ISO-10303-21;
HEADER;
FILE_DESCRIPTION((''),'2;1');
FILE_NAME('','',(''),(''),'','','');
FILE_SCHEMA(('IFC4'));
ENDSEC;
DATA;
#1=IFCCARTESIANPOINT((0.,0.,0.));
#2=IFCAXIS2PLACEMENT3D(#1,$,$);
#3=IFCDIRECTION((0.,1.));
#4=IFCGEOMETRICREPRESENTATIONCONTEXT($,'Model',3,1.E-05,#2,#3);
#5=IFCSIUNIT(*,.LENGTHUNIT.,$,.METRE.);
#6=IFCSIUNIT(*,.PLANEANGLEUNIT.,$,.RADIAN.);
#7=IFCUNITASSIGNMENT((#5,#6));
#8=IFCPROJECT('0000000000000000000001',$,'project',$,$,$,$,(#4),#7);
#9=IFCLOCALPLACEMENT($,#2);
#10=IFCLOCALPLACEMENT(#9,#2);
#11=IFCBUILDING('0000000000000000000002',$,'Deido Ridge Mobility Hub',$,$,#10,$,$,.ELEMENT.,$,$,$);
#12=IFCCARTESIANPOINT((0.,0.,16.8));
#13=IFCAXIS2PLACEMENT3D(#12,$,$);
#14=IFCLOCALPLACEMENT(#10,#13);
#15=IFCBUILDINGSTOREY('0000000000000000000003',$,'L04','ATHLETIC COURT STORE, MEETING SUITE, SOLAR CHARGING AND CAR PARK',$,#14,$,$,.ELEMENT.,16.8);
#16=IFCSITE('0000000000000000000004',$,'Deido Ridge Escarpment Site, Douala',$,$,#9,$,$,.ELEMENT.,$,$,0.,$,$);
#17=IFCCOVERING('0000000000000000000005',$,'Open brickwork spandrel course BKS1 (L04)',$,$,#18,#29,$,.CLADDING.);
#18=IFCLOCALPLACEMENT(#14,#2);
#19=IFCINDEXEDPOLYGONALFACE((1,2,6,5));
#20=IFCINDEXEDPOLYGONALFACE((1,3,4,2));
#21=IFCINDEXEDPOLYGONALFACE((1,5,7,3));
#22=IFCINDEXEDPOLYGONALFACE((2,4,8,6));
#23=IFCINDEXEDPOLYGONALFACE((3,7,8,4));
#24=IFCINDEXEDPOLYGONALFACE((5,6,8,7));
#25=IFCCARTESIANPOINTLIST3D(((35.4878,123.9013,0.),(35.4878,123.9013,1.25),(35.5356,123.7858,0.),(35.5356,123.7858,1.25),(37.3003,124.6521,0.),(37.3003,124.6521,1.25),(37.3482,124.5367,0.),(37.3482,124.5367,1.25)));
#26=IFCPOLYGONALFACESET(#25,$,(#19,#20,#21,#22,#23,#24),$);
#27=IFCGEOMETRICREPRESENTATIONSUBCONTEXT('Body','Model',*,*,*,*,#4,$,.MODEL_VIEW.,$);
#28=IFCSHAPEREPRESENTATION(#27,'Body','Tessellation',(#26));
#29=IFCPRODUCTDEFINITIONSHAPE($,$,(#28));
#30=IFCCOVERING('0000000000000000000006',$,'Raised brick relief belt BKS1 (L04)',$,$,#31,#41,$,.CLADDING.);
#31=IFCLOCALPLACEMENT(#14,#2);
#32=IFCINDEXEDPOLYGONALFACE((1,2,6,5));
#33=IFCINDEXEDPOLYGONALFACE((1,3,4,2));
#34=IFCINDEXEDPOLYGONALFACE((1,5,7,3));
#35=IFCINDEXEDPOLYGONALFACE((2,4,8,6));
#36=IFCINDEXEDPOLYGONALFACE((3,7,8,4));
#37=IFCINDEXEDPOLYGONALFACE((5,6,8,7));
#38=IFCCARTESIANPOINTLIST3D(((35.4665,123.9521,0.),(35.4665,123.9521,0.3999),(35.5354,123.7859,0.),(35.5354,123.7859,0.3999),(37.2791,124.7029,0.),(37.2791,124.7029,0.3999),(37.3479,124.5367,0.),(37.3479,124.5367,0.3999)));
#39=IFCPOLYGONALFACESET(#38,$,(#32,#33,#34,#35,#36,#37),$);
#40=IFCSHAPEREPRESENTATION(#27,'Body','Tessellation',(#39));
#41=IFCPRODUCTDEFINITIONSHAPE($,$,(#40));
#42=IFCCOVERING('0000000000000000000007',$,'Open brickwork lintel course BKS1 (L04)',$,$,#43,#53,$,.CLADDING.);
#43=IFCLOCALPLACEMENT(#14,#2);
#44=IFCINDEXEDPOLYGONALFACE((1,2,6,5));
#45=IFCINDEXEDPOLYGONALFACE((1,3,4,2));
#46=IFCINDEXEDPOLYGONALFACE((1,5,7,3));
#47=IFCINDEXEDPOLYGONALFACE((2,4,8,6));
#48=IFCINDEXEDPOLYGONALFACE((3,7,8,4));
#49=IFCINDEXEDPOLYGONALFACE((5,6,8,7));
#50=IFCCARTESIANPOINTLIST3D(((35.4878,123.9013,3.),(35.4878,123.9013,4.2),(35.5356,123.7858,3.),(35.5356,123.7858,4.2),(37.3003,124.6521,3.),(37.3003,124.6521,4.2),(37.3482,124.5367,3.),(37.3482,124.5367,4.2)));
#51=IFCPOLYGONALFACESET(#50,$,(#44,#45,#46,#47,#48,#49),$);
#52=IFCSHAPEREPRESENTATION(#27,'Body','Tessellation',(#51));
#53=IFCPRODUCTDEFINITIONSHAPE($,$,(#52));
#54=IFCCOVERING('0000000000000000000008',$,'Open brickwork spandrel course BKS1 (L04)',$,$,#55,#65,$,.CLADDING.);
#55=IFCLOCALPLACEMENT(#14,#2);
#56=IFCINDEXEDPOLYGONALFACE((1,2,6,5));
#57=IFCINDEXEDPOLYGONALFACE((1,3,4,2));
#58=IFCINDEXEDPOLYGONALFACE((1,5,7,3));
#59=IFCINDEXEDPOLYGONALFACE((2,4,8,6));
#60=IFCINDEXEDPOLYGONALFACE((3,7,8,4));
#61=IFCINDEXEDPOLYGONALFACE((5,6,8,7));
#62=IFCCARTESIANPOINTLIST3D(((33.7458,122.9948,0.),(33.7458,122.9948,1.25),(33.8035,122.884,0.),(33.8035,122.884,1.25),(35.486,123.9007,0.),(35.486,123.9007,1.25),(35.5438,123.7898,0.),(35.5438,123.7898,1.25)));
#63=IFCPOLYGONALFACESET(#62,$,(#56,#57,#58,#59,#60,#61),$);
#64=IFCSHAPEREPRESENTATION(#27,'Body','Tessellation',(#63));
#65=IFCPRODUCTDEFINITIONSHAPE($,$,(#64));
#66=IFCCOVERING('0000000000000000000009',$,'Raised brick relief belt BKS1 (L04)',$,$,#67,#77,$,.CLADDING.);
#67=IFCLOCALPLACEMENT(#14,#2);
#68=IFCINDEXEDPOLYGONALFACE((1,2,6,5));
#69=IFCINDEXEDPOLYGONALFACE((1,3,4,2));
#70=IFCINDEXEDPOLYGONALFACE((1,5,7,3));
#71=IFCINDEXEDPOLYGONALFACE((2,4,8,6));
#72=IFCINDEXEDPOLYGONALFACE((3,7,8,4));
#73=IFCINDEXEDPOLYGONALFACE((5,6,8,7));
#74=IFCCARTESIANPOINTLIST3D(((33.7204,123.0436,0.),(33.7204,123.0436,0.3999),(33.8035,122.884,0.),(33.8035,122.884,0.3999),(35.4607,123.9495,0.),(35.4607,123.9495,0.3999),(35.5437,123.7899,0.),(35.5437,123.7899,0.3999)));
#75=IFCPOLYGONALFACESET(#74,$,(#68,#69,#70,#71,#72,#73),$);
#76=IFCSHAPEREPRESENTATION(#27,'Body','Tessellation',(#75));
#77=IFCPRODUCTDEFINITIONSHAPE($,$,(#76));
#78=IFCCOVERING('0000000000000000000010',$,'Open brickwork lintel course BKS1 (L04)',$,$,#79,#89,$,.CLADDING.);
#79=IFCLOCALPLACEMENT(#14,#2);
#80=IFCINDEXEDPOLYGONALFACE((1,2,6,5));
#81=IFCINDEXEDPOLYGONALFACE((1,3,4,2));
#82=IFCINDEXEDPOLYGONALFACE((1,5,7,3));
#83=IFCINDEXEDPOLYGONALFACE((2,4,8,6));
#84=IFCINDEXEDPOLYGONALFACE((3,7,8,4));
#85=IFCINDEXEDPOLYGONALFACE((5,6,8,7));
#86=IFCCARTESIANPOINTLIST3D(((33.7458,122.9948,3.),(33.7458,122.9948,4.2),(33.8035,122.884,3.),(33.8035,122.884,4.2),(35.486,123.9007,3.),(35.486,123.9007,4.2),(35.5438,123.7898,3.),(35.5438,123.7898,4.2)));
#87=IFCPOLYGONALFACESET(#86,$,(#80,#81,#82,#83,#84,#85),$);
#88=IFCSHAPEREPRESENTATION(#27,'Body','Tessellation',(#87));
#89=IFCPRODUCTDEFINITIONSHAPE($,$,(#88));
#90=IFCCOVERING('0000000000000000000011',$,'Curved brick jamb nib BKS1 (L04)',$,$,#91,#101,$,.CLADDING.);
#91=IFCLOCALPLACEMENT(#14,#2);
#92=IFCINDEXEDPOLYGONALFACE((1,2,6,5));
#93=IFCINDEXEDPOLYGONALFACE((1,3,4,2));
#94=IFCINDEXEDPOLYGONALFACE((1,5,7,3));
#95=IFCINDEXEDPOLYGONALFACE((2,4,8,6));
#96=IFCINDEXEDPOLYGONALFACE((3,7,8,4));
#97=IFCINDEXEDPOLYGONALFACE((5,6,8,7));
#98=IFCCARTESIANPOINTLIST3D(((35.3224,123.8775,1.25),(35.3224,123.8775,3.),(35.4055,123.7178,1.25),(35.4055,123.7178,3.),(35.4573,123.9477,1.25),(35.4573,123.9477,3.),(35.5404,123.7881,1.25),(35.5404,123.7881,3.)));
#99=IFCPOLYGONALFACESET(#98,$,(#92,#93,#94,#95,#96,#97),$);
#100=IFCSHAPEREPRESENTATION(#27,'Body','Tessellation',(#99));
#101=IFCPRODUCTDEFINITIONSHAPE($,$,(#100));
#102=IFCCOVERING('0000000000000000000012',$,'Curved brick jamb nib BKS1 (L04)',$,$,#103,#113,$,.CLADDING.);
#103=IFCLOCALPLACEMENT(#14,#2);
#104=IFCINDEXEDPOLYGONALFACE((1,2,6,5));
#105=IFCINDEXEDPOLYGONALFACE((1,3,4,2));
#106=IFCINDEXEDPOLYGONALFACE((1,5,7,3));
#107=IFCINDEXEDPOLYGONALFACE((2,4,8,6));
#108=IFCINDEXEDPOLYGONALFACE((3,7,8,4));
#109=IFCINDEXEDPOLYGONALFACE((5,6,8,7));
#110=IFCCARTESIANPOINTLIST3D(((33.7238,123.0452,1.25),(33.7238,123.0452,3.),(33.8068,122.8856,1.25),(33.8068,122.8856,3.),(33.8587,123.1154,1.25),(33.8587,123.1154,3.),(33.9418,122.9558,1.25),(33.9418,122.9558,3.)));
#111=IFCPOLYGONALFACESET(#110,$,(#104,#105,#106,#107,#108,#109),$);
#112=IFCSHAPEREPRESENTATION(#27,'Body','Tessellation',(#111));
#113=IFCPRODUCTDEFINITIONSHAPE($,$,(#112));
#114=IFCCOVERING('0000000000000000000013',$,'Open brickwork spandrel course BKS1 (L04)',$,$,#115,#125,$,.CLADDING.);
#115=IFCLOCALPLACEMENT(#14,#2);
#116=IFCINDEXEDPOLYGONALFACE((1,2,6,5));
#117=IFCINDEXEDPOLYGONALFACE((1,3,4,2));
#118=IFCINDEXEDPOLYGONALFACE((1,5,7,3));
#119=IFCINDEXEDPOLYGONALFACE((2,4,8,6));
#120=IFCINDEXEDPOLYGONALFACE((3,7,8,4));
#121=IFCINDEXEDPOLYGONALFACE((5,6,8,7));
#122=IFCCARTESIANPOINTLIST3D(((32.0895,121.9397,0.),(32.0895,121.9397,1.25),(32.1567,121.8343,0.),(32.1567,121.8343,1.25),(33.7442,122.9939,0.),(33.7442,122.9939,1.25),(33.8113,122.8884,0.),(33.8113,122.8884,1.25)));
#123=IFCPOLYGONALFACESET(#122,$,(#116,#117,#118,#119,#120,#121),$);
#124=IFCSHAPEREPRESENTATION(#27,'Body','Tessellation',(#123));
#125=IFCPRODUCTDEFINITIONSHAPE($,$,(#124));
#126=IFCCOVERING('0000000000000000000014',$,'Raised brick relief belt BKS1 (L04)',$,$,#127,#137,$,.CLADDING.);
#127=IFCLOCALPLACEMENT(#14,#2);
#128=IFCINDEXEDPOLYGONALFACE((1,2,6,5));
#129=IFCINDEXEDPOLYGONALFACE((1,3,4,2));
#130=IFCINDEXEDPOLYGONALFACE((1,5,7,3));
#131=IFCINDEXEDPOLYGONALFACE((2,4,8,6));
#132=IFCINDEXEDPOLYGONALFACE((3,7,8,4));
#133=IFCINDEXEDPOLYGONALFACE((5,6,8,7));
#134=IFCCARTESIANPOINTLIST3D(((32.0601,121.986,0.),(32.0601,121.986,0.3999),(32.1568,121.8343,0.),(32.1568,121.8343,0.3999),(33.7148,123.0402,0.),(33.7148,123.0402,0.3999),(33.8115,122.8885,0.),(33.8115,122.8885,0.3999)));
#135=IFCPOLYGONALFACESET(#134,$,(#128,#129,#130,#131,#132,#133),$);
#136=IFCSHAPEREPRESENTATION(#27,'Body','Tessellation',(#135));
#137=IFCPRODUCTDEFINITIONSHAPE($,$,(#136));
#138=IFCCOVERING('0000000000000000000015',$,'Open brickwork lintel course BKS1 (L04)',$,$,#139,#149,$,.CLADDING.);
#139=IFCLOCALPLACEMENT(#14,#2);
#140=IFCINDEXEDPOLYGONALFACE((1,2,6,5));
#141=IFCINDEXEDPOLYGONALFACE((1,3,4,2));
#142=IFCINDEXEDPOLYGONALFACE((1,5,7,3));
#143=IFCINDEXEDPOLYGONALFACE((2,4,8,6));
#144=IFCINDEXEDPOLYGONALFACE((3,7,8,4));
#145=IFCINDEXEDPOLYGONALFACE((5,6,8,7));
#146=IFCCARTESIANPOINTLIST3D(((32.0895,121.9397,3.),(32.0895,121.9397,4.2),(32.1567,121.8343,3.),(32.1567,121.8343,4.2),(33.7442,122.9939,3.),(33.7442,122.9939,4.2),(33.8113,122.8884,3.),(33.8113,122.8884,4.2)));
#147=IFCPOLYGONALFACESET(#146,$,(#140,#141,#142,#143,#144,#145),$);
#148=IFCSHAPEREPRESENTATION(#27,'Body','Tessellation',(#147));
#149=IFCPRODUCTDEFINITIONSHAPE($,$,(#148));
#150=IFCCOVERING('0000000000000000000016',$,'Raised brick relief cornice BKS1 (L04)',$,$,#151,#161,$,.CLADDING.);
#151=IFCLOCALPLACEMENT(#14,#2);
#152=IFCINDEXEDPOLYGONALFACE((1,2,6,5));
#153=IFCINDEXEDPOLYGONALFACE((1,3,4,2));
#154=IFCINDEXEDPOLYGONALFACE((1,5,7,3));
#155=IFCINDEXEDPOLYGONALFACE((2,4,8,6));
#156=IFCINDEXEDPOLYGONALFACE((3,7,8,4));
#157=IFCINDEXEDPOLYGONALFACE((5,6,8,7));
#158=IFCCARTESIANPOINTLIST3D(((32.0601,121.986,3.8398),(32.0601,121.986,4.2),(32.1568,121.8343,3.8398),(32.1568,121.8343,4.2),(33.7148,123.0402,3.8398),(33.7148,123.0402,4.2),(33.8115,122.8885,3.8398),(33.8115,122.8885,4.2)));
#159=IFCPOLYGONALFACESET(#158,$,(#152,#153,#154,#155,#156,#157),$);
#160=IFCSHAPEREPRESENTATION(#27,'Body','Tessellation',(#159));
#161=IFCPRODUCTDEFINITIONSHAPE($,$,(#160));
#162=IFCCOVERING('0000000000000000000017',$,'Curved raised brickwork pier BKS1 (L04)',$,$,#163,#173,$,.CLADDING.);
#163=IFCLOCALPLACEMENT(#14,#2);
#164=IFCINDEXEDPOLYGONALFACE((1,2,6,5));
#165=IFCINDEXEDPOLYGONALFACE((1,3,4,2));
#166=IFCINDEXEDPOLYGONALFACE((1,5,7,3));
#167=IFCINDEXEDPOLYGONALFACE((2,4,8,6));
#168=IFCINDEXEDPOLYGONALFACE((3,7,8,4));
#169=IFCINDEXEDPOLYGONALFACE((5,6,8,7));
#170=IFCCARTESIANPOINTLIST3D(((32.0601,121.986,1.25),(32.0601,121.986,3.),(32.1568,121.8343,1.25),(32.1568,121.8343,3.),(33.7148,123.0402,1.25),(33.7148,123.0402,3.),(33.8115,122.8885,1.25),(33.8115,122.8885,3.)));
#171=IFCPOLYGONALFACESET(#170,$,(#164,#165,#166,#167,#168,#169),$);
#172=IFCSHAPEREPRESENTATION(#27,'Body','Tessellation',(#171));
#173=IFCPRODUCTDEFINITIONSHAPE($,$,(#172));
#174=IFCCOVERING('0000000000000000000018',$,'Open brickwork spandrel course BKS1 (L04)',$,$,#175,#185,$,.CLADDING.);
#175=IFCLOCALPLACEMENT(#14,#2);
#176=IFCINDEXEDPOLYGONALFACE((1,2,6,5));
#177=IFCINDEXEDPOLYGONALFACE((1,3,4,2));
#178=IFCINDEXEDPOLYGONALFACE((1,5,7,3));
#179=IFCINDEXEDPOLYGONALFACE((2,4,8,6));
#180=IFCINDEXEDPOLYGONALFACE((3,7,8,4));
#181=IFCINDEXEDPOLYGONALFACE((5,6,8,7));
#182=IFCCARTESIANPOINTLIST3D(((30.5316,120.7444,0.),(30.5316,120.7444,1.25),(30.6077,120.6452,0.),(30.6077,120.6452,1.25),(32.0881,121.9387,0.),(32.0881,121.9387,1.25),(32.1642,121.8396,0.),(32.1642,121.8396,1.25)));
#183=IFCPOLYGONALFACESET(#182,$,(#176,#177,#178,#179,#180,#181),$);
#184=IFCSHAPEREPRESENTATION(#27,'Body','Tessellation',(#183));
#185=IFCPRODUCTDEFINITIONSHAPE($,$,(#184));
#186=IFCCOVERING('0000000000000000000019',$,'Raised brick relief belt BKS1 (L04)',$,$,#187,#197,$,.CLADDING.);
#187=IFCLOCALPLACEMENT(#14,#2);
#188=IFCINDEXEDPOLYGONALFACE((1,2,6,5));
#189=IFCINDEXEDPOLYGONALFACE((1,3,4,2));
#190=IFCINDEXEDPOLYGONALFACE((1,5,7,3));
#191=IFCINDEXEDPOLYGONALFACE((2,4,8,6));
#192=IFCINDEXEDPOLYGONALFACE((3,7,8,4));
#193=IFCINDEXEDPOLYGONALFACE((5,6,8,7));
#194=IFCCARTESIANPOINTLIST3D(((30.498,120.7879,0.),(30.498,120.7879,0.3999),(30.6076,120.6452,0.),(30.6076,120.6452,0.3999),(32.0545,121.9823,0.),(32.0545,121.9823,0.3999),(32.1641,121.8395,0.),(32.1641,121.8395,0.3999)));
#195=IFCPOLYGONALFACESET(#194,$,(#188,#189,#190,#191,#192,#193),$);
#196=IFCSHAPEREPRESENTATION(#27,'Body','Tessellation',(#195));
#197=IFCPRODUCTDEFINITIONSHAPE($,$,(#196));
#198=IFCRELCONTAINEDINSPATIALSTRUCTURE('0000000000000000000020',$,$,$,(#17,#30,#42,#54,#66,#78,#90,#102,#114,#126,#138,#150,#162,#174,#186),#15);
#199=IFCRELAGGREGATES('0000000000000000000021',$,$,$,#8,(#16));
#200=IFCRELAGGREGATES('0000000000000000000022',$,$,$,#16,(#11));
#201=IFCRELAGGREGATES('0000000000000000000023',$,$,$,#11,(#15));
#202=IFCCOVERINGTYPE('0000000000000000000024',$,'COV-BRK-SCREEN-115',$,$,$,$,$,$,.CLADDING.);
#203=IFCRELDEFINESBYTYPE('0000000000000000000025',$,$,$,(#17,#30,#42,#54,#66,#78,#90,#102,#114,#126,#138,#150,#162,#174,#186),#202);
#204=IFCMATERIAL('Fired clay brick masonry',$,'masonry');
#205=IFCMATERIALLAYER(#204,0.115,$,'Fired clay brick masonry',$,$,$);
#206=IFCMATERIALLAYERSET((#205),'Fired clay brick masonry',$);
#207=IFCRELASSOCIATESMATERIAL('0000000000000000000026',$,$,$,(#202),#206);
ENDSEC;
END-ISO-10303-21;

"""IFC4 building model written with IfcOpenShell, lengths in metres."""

from ifc_helpers import new_model, si_unit, direction, frame, origin, origin_2d, place, context, subcontext, project, spatial, rectangle, extrude, material, layer, layer_set, type_object, element, save


model = new_model("IFC4")

# Units and contexts
model_context = context("Model", 3, precision=1e-05, world=origin(), true_north=direction((0.0, 1.0)))
body_context = subcontext(model_context, "Body", "Model", "MODEL_VIEW")
ifc_project = project(units=[si_unit("LENGTHUNIT", "METRE"), si_unit("PLANEANGLEUNIT", "RADIAN")], contexts=[model_context])

# Site, building, storey
site_placement = place(None, origin())
site = spatial("IfcSite", under=ifc_project, at=site_placement, Name="Deido Ridge Escarpment Site, Douala", CompositionType="ELEMENT", RefElevation=0.0)
building_placement = place(site_placement, origin())
building = spatial("IfcBuilding", under=site, at=building_placement, Name="Deido Ridge Mobility Hub", CompositionType="ELEMENT")
storey_placement = place(building_placement, frame((0.0, 0.0, 16.8)))
storey = spatial("IfcBuildingStorey", under=building, at=storey_placement, Name="L04", Description="ATHLETIC COURT STORE, MEETING SUITE, SOLAR CHARGING AND CAR PARK", CompositionType="ELEMENT", Elevation=16.8)

# Coverings
ifc_material_1 = material(Name="Fired clay brick masonry", Category="masonry")
ifc_layer = layer(ifc_material_1, 0.115, Name="Fired clay brick masonry")
ifc_layer_set = layer_set([ifc_layer], Name="Fired clay brick masonry")
covering_type = type_object("IfcCoveringType", Name="COV-BRK-SCREEN-115", PredefinedType="CLADDING", material=ifc_layer_set)
covering_1_placement = place(storey_placement, frame((36.418, 124.219, 0.0), z_axis=(0.0, 0.0, 1.0), x_axis=(-0.923873, -0.3827, 0.0)))
element("IfcCovering", 1, at=covering_1_placement, inside=storey, type_object=covering_type, Name="Open brickwork spandrel course BKS1 (L04)", PredefinedType="CLADDING", context=body_context, shape_type="SweptSolid", body=[
    extrude(rectangle(XDim=1.9619, YDim=0.125, at=origin_2d()), origin(), (0.0, 0.0, 1.0), 1.25),
])
covering_2_placement = place(storey_placement, frame((36.4072, 124.2444, 0.0), z_axis=(0.0, 0.0, 1.0), x_axis=(-0.923873, -0.3827, 0.0)))
element("IfcCovering", 2, at=covering_2_placement, inside=storey, type_object=covering_type, Name="Raised brick relief belt BKS1 (L04)", PredefinedType="CLADDING", context=body_context, shape_type="SweptSolid", body=[
    extrude(rectangle(XDim=1.9619, YDim=0.1799, at=origin_2d()), origin(), (0.0, 0.0, 1.0), 0.3999),
])
covering_3_placement = place(storey_placement, frame((36.418, 124.219, 3.0), z_axis=(0.0, 0.0, 1.0), x_axis=(-0.923873, -0.3827, 0.0)))
element("IfcCovering", 3, at=covering_3_placement, inside=storey, type_object=covering_type, Name="Open brickwork lintel course BKS1 (L04)", PredefinedType="CLADDING", context=body_context, shape_type="SweptSolid", body=[
    extrude(rectangle(XDim=1.9619, YDim=0.125, at=origin_2d()), origin(), (0.0, 0.0, 1.0), 1.2),
])
covering_4_placement = place(storey_placement, frame((34.6448, 123.3923, 0.0), z_axis=(0.0, 0.0, 1.0), x_axis=(-0.887019, -0.461733, 0.0)))
element("IfcCovering", 4, at=covering_4_placement, inside=storey, type_object=covering_type, Name="Open brickwork spandrel course BKS1 (L04)", PredefinedType="CLADDING", context=body_context, shape_type="SweptSolid", body=[
    extrude(rectangle(XDim=1.9619, YDim=0.125, at=origin_2d()), origin(), (0.0, 0.0, 1.0), 1.25),
])
covering_5_placement = place(storey_placement, frame((34.6321, 123.4167, 0.0), z_axis=(0.0, 0.0, 1.0), x_axis=(-0.887019, -0.461733, 0.0)))
element("IfcCovering", 5, at=covering_5_placement, inside=storey, type_object=covering_type, Name="Raised brick relief belt BKS1 (L04)", PredefinedType="CLADDING", context=body_context, shape_type="SweptSolid", body=[
    extrude(rectangle(XDim=1.9619, YDim=0.1799, at=origin_2d()), origin(), (0.0, 0.0, 1.0), 0.3999),
])
covering_6_placement = place(storey_placement, frame((34.6448, 123.3923, 3.0), z_axis=(0.0, 0.0, 1.0), x_axis=(-0.887019, -0.461733, 0.0)))
element("IfcCovering", 6, at=covering_6_placement, inside=storey, type_object=covering_type, Name="Open brickwork lintel course BKS1 (L04)", PredefinedType="CLADDING", context=body_context, shape_type="SweptSolid", body=[
    extrude(rectangle(XDim=1.9619, YDim=0.125, at=origin_2d()), origin(), (0.0, 0.0, 1.0), 1.2),
])
for number, where, z_axis, x_axis, name in (
    (7, (35.4314, 123.8328, 1.25), (0.0, 0.0, 1.0), (-0.887019, -0.461733, 0.0), "Curved brick jamb nib BKS1 (L04)"),
    (8, (33.8328, 123.0005, 1.25), (0.0, 0.0, 1.0), (-0.887019, -0.461733, 0.0), "Curved brick jamb nib BKS1 (L04)"),
):
    element("IfcCovering", number, at=place(storey_placement, frame(where, z_axis=z_axis, x_axis=x_axis)), inside=storey, type_object=covering_type, Name=name, PredefinedType="CLADDING", context=body_context, shape_type="SweptSolid", body=[
        extrude(rectangle(XDim=0.1521, YDim=0.1799, at=origin_2d()), origin(), (0.0, 0.0, 1.0), 1.75),
    ])
covering_7_placement = place(storey_placement, frame((32.9504, 122.4141, 0.0), z_axis=(0.0, 0.0, 1.0), x_axis=(-0.843382, -0.537314, 0.0)))
element("IfcCovering", 9, at=covering_7_placement, inside=storey, type_object=covering_type, Name="Open brickwork spandrel course BKS1 (L04)", PredefinedType="CLADDING", context=body_context, shape_type="SweptSolid", body=[
    extrude(rectangle(XDim=1.9619, YDim=0.125, at=origin_2d()), origin(), (0.0, 0.0, 1.0), 1.25),
])
covering_8_placement = place(storey_placement, frame((32.9358, 122.4373, 0.0), z_axis=(0.0, 0.0, 1.0), x_axis=(-0.843382, -0.537314, 0.0)))
element("IfcCovering", 10, at=covering_8_placement, inside=storey, type_object=covering_type, Name="Raised brick relief belt BKS1 (L04)", PredefinedType="CLADDING", context=body_context, shape_type="SweptSolid", body=[
    extrude(rectangle(XDim=1.9619, YDim=0.1799, at=origin_2d()), origin(), (0.0, 0.0, 1.0), 0.3999),
])
covering_9_placement = place(storey_placement, frame((32.9504, 122.4141, 3.0), z_axis=(0.0, 0.0, 1.0), x_axis=(-0.843382, -0.537314, 0.0)))
element("IfcCovering", 11, at=covering_9_placement, inside=storey, type_object=covering_type, Name="Open brickwork lintel course BKS1 (L04)", PredefinedType="CLADDING", context=body_context, shape_type="SweptSolid", body=[
    extrude(rectangle(XDim=1.9619, YDim=0.125, at=origin_2d()), origin(), (0.0, 0.0, 1.0), 1.2),
])
covering_10_placement = place(storey_placement, frame((32.9358, 122.4373, 3.8398), z_axis=(0.0, 0.0, 1.0), x_axis=(-0.843382, -0.537314, 0.0)))
element("IfcCovering", 12, at=covering_10_placement, inside=storey, type_object=covering_type, Name="Raised brick relief cornice BKS1 (L04)", PredefinedType="CLADDING", context=body_context, shape_type="SweptSolid", body=[
    extrude(rectangle(XDim=1.9619, YDim=0.1799, at=origin_2d()), origin(), (0.0, 0.0, 1.0), 0.3601),
])
covering_11_placement = place(storey_placement, frame((32.9358, 122.4373, 1.25), z_axis=(0.0, 0.0, 1.0), x_axis=(-0.843382, -0.537314, 0.0)))
element("IfcCovering", 13, at=covering_11_placement, inside=storey, type_object=covering_type, Name="Curved raised brickwork pier BKS1 (L04)", PredefinedType="CLADDING", context=body_context, shape_type="SweptSolid", body=[
    extrude(rectangle(XDim=1.9619, YDim=0.1799, at=origin_2d()), origin(), (0.0, 0.0, 1.0), 1.75),
])
covering_12_placement = place(storey_placement, frame((31.3479, 121.292, 0.0), z_axis=(0.0, 0.0, 1.0), x_axis=(-0.793353, -0.608761, 0.0)))
element("IfcCovering", 14, at=covering_12_placement, inside=storey, type_object=covering_type, Name="Open brickwork spandrel course BKS1 (L04)", PredefinedType="CLADDING", context=body_context, shape_type="SweptSolid", body=[
    extrude(rectangle(XDim=1.9619, YDim=0.125, at=origin_2d()), origin(), (0.0, 0.0, 1.0), 1.25),
])
covering_13_placement = place(storey_placement, frame((31.3311, 121.3137, 0.0), z_axis=(0.0, 0.0, 1.0), x_axis=(-0.793353, -0.608761, 0.0)))
element("IfcCovering", 15, at=covering_13_placement, inside=storey, type_object=covering_type, Name="Raised brick relief belt BKS1 (L04)", PredefinedType="CLADDING", context=body_context, shape_type="SweptSolid", body=[
    extrude(rectangle(XDim=1.9619, YDim=0.1799, at=origin_2d()), origin(), (0.0, 0.0, 1.0), 0.3999),
])

save(model, "model.ifc")
